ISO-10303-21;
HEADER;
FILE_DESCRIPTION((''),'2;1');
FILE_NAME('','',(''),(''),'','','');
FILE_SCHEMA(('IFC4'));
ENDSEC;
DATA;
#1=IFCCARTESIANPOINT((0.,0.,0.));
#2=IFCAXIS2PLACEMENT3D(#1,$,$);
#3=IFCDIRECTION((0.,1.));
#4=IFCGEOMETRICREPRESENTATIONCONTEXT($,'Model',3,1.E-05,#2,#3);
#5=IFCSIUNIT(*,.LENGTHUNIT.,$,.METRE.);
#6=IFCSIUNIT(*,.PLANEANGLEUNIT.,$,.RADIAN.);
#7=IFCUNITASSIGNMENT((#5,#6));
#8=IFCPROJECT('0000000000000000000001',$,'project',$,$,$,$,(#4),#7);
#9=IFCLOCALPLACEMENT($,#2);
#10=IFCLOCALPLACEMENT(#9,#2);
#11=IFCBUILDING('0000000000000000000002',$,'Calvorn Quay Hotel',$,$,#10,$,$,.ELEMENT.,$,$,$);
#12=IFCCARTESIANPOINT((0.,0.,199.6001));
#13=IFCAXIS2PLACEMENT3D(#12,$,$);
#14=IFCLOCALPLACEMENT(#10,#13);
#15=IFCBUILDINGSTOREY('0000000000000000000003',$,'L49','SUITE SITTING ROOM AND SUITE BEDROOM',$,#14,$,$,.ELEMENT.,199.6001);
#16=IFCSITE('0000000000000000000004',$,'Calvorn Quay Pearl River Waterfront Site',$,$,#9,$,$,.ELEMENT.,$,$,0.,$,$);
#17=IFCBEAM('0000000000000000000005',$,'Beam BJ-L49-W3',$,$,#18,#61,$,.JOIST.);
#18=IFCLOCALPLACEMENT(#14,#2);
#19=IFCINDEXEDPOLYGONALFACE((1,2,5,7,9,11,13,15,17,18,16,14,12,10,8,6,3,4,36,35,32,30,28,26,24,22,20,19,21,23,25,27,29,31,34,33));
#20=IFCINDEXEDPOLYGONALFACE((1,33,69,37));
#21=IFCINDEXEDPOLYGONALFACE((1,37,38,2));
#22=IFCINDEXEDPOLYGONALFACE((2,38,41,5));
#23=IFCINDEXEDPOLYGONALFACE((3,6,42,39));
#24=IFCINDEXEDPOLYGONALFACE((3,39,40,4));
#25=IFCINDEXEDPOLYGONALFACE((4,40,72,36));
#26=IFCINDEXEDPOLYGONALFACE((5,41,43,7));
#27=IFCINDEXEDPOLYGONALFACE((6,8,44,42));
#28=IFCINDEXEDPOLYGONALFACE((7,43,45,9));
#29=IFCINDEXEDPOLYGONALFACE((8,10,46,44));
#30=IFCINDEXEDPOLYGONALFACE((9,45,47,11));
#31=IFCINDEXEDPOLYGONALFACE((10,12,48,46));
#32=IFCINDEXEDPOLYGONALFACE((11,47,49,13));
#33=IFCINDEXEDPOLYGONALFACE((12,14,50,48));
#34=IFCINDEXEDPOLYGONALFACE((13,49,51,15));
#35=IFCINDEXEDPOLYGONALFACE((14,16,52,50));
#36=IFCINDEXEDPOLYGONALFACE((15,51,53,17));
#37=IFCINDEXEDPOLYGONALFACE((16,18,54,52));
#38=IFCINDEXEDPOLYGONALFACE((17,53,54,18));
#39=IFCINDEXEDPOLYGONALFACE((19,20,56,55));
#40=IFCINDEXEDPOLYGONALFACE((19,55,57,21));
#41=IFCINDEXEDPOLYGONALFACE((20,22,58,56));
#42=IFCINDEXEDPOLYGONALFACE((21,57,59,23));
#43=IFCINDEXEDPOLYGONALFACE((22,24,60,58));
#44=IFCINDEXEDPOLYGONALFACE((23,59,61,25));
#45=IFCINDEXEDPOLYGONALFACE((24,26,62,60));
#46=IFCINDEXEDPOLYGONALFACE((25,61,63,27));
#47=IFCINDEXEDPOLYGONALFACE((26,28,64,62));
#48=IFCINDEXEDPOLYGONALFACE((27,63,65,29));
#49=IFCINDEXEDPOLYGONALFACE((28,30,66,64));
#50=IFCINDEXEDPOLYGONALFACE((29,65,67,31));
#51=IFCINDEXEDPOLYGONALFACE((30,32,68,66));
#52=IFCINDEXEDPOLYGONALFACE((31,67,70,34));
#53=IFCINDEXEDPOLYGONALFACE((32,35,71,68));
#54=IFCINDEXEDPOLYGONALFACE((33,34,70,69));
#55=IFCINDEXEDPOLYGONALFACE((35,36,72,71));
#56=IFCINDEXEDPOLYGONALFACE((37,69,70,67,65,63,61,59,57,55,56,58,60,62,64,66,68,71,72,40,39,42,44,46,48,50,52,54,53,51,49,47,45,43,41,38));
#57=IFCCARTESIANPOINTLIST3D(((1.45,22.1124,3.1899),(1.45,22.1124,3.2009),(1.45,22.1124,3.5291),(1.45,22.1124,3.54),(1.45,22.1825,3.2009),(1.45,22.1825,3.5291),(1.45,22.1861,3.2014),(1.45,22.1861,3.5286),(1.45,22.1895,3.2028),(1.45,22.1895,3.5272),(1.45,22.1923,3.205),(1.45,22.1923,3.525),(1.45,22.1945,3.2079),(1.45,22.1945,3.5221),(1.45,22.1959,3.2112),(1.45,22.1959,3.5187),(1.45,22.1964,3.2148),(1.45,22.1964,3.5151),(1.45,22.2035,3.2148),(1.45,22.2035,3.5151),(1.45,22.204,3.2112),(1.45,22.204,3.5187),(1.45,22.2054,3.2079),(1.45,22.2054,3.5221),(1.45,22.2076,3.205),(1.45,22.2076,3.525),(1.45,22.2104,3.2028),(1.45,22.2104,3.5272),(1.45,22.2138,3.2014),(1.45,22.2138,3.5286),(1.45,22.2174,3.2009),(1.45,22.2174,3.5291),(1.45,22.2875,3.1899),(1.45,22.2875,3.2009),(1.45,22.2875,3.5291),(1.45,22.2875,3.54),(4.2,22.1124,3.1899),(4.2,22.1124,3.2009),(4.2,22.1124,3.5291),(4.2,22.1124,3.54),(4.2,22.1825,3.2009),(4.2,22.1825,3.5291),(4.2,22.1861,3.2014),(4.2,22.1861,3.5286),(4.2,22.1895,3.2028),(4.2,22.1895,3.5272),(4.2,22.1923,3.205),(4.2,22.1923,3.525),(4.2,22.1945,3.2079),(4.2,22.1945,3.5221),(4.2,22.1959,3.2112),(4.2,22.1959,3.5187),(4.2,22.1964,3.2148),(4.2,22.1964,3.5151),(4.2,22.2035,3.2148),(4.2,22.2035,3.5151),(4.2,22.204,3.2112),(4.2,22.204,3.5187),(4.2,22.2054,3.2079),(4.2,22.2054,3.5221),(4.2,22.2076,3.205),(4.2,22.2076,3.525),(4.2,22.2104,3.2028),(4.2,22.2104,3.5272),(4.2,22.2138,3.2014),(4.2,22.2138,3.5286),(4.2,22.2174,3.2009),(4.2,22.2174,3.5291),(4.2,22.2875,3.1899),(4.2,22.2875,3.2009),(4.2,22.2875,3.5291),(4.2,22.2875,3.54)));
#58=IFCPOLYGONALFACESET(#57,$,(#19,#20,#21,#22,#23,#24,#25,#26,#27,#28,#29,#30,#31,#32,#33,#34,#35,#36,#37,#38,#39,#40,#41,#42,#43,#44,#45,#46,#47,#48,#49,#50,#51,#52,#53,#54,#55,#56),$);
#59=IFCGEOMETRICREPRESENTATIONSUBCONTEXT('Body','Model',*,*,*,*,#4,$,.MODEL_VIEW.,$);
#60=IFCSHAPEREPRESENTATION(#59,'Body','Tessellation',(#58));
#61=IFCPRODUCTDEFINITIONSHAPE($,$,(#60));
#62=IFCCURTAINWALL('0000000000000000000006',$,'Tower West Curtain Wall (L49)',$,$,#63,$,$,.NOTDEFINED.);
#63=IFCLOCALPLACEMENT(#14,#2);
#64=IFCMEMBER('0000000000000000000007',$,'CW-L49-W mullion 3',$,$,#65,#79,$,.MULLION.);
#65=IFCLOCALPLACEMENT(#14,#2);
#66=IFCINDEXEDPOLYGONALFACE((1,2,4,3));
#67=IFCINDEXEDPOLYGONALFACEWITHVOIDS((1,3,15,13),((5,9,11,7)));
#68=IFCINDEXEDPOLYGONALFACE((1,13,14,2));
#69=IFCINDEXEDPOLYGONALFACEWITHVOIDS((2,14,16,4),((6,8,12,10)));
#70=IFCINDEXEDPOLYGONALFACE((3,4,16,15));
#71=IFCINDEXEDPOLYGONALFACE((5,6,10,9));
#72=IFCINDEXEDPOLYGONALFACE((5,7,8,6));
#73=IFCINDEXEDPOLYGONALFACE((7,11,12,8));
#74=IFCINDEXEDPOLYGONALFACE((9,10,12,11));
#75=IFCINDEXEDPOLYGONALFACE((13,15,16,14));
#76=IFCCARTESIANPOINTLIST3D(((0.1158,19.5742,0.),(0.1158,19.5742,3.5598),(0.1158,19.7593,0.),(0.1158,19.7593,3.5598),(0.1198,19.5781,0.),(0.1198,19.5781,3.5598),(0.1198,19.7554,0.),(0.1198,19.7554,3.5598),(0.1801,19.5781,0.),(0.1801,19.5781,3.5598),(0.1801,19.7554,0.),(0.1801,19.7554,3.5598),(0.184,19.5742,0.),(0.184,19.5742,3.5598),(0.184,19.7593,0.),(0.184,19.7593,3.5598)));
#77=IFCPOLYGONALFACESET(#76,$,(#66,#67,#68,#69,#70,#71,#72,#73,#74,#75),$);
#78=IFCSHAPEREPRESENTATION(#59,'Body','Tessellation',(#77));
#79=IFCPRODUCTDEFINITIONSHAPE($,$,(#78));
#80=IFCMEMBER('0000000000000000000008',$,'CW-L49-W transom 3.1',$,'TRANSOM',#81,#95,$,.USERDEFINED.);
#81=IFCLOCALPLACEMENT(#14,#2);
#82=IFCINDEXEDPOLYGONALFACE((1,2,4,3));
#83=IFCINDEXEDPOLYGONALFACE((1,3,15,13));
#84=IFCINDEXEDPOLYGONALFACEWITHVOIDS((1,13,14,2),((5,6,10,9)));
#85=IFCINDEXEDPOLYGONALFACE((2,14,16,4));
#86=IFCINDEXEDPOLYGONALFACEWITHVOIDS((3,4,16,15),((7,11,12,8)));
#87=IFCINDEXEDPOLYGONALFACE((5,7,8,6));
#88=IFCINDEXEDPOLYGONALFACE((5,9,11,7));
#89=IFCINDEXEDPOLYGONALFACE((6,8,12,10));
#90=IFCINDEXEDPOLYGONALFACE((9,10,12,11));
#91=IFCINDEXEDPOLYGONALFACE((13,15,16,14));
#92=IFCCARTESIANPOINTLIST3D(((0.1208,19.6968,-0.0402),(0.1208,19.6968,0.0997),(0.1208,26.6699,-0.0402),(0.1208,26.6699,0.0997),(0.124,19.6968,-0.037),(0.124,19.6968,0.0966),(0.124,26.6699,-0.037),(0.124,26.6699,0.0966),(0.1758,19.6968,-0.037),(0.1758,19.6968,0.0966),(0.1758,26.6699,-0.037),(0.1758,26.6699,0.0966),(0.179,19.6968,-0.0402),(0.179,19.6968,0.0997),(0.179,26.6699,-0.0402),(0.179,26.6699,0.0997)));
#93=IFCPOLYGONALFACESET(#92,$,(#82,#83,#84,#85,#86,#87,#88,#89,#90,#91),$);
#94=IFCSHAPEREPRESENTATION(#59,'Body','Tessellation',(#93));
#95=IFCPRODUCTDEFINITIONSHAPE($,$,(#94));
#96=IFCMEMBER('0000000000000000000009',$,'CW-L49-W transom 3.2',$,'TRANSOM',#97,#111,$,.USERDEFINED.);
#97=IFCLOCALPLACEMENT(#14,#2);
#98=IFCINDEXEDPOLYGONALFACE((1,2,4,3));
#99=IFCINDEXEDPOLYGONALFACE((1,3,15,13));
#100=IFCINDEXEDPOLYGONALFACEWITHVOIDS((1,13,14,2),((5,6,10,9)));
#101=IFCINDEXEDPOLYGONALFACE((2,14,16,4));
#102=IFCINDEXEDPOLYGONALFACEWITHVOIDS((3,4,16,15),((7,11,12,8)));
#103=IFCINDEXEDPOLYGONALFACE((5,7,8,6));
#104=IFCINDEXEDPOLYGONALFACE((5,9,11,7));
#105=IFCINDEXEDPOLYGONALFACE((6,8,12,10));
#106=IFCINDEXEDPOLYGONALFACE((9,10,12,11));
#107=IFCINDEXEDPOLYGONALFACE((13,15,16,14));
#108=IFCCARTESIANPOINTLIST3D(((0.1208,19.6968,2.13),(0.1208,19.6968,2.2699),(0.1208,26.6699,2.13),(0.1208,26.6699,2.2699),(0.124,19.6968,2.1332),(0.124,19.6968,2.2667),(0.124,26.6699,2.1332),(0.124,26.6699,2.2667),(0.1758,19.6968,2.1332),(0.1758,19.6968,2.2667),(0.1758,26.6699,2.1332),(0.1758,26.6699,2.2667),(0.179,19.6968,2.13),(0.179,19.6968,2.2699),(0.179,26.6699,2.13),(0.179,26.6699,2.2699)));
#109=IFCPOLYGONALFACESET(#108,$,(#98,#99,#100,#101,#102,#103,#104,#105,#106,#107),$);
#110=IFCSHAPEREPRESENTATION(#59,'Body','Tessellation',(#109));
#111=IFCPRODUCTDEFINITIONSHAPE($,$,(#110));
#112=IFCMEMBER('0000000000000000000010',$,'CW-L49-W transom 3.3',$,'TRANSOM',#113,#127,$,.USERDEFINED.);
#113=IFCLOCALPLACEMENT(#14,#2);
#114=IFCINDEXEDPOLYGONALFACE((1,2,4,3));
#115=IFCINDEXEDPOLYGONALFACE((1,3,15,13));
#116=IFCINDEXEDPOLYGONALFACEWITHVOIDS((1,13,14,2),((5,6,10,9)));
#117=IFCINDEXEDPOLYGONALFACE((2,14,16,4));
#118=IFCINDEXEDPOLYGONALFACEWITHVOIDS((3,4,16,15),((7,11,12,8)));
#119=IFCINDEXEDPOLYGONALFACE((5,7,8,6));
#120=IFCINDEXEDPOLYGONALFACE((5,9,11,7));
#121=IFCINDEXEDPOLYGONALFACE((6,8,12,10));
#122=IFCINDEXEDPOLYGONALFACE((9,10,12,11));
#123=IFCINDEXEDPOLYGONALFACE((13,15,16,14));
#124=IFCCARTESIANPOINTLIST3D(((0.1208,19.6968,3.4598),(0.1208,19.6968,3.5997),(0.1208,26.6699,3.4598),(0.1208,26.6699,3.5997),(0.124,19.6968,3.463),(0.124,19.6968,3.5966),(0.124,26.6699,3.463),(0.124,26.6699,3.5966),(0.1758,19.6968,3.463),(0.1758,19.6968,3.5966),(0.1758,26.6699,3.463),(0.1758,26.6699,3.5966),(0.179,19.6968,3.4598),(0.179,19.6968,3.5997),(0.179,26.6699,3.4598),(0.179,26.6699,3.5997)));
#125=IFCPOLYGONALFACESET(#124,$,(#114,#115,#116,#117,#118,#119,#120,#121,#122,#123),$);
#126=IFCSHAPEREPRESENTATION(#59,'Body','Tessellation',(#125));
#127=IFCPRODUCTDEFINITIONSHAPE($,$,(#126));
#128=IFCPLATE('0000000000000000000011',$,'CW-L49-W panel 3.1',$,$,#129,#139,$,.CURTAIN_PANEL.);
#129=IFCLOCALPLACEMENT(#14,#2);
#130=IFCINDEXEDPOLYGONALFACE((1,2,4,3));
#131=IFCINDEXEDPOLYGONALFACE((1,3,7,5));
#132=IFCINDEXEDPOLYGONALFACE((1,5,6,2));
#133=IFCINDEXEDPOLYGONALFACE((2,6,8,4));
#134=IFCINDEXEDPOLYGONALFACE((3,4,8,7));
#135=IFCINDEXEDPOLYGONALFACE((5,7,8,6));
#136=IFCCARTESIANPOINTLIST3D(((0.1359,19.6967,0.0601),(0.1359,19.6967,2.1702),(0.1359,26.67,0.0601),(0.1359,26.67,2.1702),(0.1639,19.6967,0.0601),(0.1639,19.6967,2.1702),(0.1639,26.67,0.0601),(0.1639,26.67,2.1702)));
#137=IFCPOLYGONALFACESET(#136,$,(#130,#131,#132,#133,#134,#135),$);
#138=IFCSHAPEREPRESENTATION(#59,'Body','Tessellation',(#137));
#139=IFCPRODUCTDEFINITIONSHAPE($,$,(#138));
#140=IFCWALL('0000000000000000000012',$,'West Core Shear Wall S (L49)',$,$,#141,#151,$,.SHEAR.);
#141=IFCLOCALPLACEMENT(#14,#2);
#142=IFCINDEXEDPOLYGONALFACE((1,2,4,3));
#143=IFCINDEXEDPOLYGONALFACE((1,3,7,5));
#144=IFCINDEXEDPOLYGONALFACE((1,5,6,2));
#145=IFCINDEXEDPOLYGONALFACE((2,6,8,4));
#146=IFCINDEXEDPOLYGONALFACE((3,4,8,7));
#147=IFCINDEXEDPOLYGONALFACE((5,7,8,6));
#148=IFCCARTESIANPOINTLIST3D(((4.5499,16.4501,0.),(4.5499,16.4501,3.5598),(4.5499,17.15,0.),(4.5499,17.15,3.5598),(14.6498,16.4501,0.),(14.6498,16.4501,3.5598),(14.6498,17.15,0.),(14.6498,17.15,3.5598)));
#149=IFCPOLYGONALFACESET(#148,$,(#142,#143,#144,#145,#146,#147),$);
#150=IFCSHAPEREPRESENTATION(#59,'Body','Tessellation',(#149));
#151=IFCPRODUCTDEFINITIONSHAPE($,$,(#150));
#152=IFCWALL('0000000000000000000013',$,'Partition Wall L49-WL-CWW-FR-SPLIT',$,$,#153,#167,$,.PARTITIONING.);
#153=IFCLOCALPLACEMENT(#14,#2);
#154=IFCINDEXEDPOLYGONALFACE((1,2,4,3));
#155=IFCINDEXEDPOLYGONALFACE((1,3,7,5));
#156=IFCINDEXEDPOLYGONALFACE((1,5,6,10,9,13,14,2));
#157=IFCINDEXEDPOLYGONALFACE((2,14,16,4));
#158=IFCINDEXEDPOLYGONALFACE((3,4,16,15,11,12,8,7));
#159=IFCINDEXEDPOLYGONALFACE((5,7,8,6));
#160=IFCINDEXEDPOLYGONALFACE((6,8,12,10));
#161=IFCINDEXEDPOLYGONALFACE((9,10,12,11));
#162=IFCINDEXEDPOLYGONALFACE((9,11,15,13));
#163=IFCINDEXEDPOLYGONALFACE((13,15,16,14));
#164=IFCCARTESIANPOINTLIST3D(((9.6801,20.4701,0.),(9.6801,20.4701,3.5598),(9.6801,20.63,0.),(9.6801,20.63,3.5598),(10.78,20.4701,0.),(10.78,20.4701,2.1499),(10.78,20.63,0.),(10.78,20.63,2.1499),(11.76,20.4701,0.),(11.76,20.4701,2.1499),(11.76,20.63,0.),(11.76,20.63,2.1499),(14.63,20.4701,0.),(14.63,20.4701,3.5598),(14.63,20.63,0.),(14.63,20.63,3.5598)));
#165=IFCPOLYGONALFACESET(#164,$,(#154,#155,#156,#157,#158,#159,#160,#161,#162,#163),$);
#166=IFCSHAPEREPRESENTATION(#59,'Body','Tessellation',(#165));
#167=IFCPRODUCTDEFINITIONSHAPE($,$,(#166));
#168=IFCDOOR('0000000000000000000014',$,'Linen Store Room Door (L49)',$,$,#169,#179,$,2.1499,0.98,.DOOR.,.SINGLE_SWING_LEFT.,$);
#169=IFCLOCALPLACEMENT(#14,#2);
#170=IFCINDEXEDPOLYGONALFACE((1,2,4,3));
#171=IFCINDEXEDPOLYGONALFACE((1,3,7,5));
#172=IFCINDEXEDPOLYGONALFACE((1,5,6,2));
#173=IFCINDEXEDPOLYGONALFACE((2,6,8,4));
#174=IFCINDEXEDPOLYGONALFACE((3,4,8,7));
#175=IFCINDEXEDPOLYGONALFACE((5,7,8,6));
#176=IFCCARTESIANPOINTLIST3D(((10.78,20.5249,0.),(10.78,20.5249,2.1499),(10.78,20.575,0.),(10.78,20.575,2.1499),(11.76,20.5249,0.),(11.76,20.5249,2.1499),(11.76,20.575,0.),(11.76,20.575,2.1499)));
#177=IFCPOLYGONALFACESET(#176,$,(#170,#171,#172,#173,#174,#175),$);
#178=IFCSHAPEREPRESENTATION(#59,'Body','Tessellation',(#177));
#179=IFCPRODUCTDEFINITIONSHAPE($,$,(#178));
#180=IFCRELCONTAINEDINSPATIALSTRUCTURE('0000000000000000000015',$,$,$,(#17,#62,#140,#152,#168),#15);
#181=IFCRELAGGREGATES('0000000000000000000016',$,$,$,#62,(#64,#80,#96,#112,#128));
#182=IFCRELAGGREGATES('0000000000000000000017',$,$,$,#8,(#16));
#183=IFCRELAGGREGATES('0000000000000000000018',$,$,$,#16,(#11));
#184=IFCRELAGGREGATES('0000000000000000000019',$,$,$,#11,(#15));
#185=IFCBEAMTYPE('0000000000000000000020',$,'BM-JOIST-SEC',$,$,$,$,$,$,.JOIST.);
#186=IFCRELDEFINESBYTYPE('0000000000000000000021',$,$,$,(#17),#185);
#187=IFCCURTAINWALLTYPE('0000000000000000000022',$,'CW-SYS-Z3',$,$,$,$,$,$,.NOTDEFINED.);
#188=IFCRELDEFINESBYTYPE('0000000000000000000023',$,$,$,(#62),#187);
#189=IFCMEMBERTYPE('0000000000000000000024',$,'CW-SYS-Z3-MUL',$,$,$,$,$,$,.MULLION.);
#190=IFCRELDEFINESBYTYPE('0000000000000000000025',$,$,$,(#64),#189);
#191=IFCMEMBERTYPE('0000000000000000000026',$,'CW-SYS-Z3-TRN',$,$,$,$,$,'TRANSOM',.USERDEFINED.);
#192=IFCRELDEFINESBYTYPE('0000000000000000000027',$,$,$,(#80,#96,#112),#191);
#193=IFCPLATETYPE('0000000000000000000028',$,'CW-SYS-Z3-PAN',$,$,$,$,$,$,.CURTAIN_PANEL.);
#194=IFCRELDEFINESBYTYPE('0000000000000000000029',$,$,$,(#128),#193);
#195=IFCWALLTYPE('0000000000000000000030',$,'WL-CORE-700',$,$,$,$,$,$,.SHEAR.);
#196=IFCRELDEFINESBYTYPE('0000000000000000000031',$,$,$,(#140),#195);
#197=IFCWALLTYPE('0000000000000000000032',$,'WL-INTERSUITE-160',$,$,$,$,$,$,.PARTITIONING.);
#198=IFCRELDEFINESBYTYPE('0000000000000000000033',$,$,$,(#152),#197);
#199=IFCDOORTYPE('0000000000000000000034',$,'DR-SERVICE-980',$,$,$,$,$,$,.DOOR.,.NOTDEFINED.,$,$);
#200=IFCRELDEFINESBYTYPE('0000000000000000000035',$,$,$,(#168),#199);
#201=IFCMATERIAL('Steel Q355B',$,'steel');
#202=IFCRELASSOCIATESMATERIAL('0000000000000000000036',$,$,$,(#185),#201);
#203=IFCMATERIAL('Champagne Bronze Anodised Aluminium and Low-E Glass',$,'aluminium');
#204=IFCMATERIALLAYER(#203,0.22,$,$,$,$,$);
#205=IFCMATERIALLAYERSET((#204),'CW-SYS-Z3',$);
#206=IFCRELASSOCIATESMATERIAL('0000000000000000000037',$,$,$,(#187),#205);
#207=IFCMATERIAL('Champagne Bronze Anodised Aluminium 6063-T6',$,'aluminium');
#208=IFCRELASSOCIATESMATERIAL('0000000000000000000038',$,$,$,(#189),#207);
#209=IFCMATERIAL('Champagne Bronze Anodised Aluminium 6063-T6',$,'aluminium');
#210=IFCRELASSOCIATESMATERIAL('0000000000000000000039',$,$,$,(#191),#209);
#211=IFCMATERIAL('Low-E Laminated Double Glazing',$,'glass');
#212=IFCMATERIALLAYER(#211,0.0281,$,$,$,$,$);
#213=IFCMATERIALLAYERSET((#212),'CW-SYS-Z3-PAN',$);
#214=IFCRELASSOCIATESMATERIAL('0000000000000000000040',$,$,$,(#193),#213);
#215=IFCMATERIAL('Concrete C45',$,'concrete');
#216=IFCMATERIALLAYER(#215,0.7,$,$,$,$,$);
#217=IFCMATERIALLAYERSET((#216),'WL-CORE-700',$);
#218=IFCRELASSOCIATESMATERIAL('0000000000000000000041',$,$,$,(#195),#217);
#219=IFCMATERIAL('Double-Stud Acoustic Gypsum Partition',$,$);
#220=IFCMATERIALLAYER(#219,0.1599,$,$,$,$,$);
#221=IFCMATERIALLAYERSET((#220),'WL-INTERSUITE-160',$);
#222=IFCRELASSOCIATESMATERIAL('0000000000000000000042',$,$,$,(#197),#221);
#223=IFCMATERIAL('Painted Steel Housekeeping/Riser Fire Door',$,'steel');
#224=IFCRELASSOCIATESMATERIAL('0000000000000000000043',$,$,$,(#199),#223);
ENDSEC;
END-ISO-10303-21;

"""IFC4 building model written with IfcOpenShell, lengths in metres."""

from ifc_helpers import new_model, si_unit, direction, frame, frame_2d, origin, origin_2d, place, context, subcontext, project, spatial, rectangle, hollow_rectangle, i_section, extrude, material, layer, layer_set, material_profile, profile_set, type_object, element, fill, aggregate, save


model = new_model("IFC4")

# Units and contexts
model_context = context("Model", 3, precision=1e-05, world=origin(), true_north=direction((0.0, 1.0)))
body_context = subcontext(model_context, "Body", "Model", "MODEL_VIEW")
ifc_project = project(units=[si_unit("LENGTHUNIT", "METRE"), si_unit("PLANEANGLEUNIT", "RADIAN")], contexts=[model_context])

# Site, building, storey
site_placement = place(None, origin())
site = spatial("IfcSite", under=ifc_project, at=site_placement, Name="Calvorn Quay Pearl River Waterfront Site", CompositionType="ELEMENT", RefElevation=0.0)
building_placement = place(site_placement, origin())
building = spatial("IfcBuilding", under=site, at=building_placement, Name="Calvorn Quay Hotel", CompositionType="ELEMENT")
storey_placement = place(building_placement, frame((0.0, 0.0, 199.6001)))
storey = spatial("IfcBuildingStorey", under=building, at=storey_placement, Name="L49", Description="SUITE SITTING ROOM AND SUITE BEDROOM", CompositionType="ELEMENT", Elevation=199.6001)

# Beam
ifc_material_1 = material(Name="Steel Q355B", Category="steel")
ifc_material_profile_1 = material_profile(ifc_material_1, i_section(OverallWidth=0.175, OverallDepth=0.3501, WebThickness=0.0071, FlangeThickness=0.011, FilletRadius=0.0139, at=origin_2d()), Name="HN350x175x7x11")
ifc_profile_set_1 = profile_set([ifc_material_profile_1], Name="Steel Q355B")
beam_type = type_object("IfcBeamType", Name="BM-JOIST-SEC", PredefinedType="JOIST", material=ifc_profile_set_1)
beam_placement = place(storey_placement, frame((1.45, 22.2, 3.365), z_axis=(1.0, 0.0, 0.0), x_axis=(0.0, 1.0, 0.0)))
element("IfcBeam", 1, at=beam_placement, inside=storey, type_object=beam_type, Name="Beam BJ-L49-W3", PredefinedType="JOIST", context=body_context, shape_type="SweptSolid", body=[
    extrude(i_section(OverallWidth=0.175, OverallDepth=0.3501, WebThickness=0.0071, FlangeThickness=0.011, FilletRadius=0.0139, at=origin_2d()), origin(), (0.0, 0.0, 1.0), 2.75),
])

# Curtain wall, members, plate
ifc_material_2 = material(Name="Champagne Bronze Anodised Aluminium and Low-E Glass", Category="aluminium")
ifc_layer_1 = layer(ifc_material_2, 0.22)
ifc_layer_set_1 = layer_set([ifc_layer_1], Name="CW-SYS-Z3")
curtain_wall_type = type_object("IfcCurtainWallType", Name="CW-SYS-Z3", PredefinedType="NOTDEFINED", material=ifc_layer_set_1)
curtain_wall_placement = place(storey_placement, origin())
curtain_wall = element("IfcCurtainWall", 2, at=curtain_wall_placement, inside=storey, type_object=curtain_wall_type, Name="Tower West Curtain Wall (L49)", PredefinedType="NOTDEFINED")
ifc_material_3 = material(Name="Champagne Bronze Anodised Aluminium 6063-T6", Category="aluminium")
ifc_material_profile_2 = material_profile(ifc_material_3, hollow_rectangle(XDim=0.0681, YDim=0.1851, WallThickness=0.0039, at=origin_2d()), Name="ALU-M185x68x4")
ifc_profile_set_2 = profile_set([ifc_material_profile_2], Name="Champagne Bronze Anodised Aluminium 6063-T6")
member_type_1 = type_object("IfcMemberType", Name="CW-SYS-Z3-MUL", PredefinedType="MULLION", material=ifc_profile_set_2)
member_1_placement = place(storey_placement, frame((0.1499, 19.6667, 0.0), z_axis=(0.0, 0.0, 1.0), x_axis=(-1.0, 0.0, 0.0)))
member_1 = element("IfcMember", 3, at=member_1_placement, type_object=member_type_1, Name="CW-L49-W mullion 3", PredefinedType="MULLION", context=body_context, shape_type="SweptSolid", body=[
    extrude(hollow_rectangle(XDim=0.0681, YDim=0.1851, WallThickness=0.0039, at=origin_2d()), origin(), (0.0, 0.0, 1.0), 3.5598),
])
ifc_material_4 = material(Name="Champagne Bronze Anodised Aluminium 6063-T6", Category="aluminium")
ifc_material_profile_3 = material_profile(ifc_material_4, hollow_rectangle(XDim=0.0581, YDim=0.1399, WallThickness=0.0032, at=origin_2d()), Name="ALU-T140x58x3.2")
ifc_profile_set_3 = profile_set([ifc_material_profile_3], Name="Champagne Bronze Anodised Aluminium 6063-T6")
member_type_2 = type_object("IfcMemberType", Name="CW-SYS-Z3-TRN", ElementType="TRANSOM", PredefinedType="USERDEFINED", material=ifc_profile_set_3)
member_2_placement = place(storey_placement, frame((0.1499, 19.6968, 0.0298), z_axis=(0.0, 1.0, 0.0), x_axis=(-1.0, 0.0, 0.0)))
member_2 = element("IfcMember", 4, at=member_2_placement, type_object=member_type_2, Name="CW-L49-W transom 3.1", ObjectType="TRANSOM", PredefinedType="USERDEFINED", context=body_context, shape_type="SweptSolid", body=[
    extrude(hollow_rectangle(XDim=0.0581, YDim=0.1399, WallThickness=0.0032, at=origin_2d()), origin(), (0.0, 0.0, 1.0), 6.9731),
])
member_3_placement = place(storey_placement, frame((0.1499, 19.6968, 2.2), z_axis=(0.0, 1.0, 0.0), x_axis=(-1.0, 0.0, 0.0)))
member_3 = element("IfcMember", 5, at=member_3_placement, type_object=member_type_2, Name="CW-L49-W transom 3.2", ObjectType="TRANSOM", PredefinedType="USERDEFINED", context=body_context, shape_type="SweptSolid", body=[
    extrude(hollow_rectangle(XDim=0.0581, YDim=0.1399, WallThickness=0.0032, at=origin_2d()), origin(), (0.0, 0.0, 1.0), 6.9731),
])
member_4_placement = place(storey_placement, frame((0.1499, 19.6968, 3.5298), z_axis=(0.0, 1.0, 0.0), x_axis=(-1.0, 0.0, 0.0)))
member_4 = element("IfcMember", 6, at=member_4_placement, type_object=member_type_2, Name="CW-L49-W transom 3.3", ObjectType="TRANSOM", PredefinedType="USERDEFINED", context=body_context, shape_type="SweptSolid", body=[
    extrude(hollow_rectangle(XDim=0.0581, YDim=0.1399, WallThickness=0.0032, at=origin_2d()), origin(), (0.0, 0.0, 1.0), 6.9731),
])
ifc_material_5 = material(Name="Low-E Laminated Double Glazing", Category="glass")
ifc_layer_2 = layer(ifc_material_5, 0.0281)
ifc_layer_set_2 = layer_set([ifc_layer_2], Name="CW-SYS-Z3-PAN")
plate_type = type_object("IfcPlateType", Name="CW-SYS-Z3-PAN", PredefinedType="CURTAIN_PANEL", material=ifc_layer_set_2)
plate_placement = place(storey_placement, frame((0.1499, 23.1833, 0.0601), z_axis=(0.0, 0.0, 1.0), x_axis=(0.0, 1.0, 0.0)))
plate = element("IfcPlate", 7, at=plate_placement, type_object=plate_type, Name="CW-L49-W panel 3.1", PredefinedType="CURTAIN_PANEL", context=body_context, shape_type="SweptSolid", body=[
    extrude(rectangle(XDim=6.9734, YDim=0.0281, at=origin_2d()), origin(), (0.0, 0.0, 1.0), 2.1101),
])
aggregate(curtain_wall, [member_1, member_2, member_3, member_4, plate])

# Wall
ifc_material_6 = material(Name="Concrete C45", Category="concrete")
ifc_layer_3 = layer(ifc_material_6, 0.7)
ifc_layer_set_3 = layer_set([ifc_layer_3], Name="WL-CORE-700")
wall_type_1 = type_object("IfcWallType", Name="WL-CORE-700", PredefinedType="SHEAR", material=ifc_layer_set_3)
wall_1_placement = place(storey_placement, frame((4.55, 16.8, 0.0), z_axis=(0.0, 0.0, 1.0), x_axis=(1.0, 0.0, 0.0)))
element("IfcWall", 8, at=wall_1_placement, inside=storey, type_object=wall_type_1, Name="West Core Shear Wall S (L49)", PredefinedType="SHEAR", context=body_context, shape_type="SweptSolid", body=[
    extrude(rectangle(XDim=10.0999, YDim=0.7, at=frame_2d((5.0498, 0.0))), origin(), (0.0, 0.0, 1.0), 3.5598),
])

# Wall, opening, door
ifc_material_7 = material(Name="Double-Stud Acoustic Gypsum Partition")
ifc_layer_4 = layer(ifc_material_7, 0.1599)
ifc_layer_set_4 = layer_set([ifc_layer_4], Name="WL-INTERSUITE-160")
wall_type_2 = type_object("IfcWallType", Name="WL-INTERSUITE-160", PredefinedType="PARTITIONING", material=ifc_layer_set_4)
wall_2_placement = place(storey_placement, frame((9.6799, 20.55, 0.0), z_axis=(0.0, 0.0, 1.0), x_axis=(1.0, 0.0, 0.0)))
wall_2 = element("IfcWall", 9, at=wall_2_placement, inside=storey, type_object=wall_type_2, Name="Partition Wall L49-WL-CWW-FR-SPLIT", PredefinedType="PARTITIONING", context=body_context, shape_type="SweptSolid", body=[
    extrude(rectangle(XDim=4.95, YDim=0.1599, at=frame_2d((2.4751, 0.0))), origin(), (0.0, 0.0, 1.0), 3.5598),
])
opening_1_placement = place(wall_2_placement, frame((1.1001, 0.0, 0.0)))
opening_1 = element("IfcOpeningElement", 10, at=opening_1_placement, cuts=wall_2, PredefinedType="OPENING", context=body_context, shape_type="SweptSolid", body=[
    extrude(rectangle(XDim=0.98, YDim=2.1499, at=frame_2d((0.49, 1.075))), frame((0.0, 0.0898, 0.0), z_axis=(0.0, -1.0, 0.0), x_axis=(1.0, 0.0, 0.0)), (0.0, 0.0, 1.0), 0.1799),
])
ifc_material_8 = material(Name="Painted Steel Housekeeping/Riser Fire Door", Category="steel")
door_type_1 = type_object("IfcDoorType", Name="DR-SERVICE-980", OperationType="NOTDEFINED", PredefinedType="DOOR", material=ifc_material_8)
door_1_placement = place(opening_1_placement, origin())
door_1 = element("IfcDoor", 11, at=door_1_placement, inside=storey, type_object=door_type_1, Name="Linen Store Room Door (L49)", OperationType="SINGLE_SWING_LEFT", OverallHeight=2.1499, OverallWidth=0.98, PredefinedType="DOOR", context=body_context, shape_type="SweptSolid", body=[
    extrude(rectangle(XDim=0.98, YDim=2.1499, at=frame_2d((0.49, 1.075))), frame((0.0, 0.0249, 0.0), z_axis=(0.0, -1.0, 0.0), x_axis=(1.0, 0.0, 0.0)), (0.0, 0.0, 1.0), 0.05),
])
fill(opening_1, door_1)

save(model, "model.ifc")
